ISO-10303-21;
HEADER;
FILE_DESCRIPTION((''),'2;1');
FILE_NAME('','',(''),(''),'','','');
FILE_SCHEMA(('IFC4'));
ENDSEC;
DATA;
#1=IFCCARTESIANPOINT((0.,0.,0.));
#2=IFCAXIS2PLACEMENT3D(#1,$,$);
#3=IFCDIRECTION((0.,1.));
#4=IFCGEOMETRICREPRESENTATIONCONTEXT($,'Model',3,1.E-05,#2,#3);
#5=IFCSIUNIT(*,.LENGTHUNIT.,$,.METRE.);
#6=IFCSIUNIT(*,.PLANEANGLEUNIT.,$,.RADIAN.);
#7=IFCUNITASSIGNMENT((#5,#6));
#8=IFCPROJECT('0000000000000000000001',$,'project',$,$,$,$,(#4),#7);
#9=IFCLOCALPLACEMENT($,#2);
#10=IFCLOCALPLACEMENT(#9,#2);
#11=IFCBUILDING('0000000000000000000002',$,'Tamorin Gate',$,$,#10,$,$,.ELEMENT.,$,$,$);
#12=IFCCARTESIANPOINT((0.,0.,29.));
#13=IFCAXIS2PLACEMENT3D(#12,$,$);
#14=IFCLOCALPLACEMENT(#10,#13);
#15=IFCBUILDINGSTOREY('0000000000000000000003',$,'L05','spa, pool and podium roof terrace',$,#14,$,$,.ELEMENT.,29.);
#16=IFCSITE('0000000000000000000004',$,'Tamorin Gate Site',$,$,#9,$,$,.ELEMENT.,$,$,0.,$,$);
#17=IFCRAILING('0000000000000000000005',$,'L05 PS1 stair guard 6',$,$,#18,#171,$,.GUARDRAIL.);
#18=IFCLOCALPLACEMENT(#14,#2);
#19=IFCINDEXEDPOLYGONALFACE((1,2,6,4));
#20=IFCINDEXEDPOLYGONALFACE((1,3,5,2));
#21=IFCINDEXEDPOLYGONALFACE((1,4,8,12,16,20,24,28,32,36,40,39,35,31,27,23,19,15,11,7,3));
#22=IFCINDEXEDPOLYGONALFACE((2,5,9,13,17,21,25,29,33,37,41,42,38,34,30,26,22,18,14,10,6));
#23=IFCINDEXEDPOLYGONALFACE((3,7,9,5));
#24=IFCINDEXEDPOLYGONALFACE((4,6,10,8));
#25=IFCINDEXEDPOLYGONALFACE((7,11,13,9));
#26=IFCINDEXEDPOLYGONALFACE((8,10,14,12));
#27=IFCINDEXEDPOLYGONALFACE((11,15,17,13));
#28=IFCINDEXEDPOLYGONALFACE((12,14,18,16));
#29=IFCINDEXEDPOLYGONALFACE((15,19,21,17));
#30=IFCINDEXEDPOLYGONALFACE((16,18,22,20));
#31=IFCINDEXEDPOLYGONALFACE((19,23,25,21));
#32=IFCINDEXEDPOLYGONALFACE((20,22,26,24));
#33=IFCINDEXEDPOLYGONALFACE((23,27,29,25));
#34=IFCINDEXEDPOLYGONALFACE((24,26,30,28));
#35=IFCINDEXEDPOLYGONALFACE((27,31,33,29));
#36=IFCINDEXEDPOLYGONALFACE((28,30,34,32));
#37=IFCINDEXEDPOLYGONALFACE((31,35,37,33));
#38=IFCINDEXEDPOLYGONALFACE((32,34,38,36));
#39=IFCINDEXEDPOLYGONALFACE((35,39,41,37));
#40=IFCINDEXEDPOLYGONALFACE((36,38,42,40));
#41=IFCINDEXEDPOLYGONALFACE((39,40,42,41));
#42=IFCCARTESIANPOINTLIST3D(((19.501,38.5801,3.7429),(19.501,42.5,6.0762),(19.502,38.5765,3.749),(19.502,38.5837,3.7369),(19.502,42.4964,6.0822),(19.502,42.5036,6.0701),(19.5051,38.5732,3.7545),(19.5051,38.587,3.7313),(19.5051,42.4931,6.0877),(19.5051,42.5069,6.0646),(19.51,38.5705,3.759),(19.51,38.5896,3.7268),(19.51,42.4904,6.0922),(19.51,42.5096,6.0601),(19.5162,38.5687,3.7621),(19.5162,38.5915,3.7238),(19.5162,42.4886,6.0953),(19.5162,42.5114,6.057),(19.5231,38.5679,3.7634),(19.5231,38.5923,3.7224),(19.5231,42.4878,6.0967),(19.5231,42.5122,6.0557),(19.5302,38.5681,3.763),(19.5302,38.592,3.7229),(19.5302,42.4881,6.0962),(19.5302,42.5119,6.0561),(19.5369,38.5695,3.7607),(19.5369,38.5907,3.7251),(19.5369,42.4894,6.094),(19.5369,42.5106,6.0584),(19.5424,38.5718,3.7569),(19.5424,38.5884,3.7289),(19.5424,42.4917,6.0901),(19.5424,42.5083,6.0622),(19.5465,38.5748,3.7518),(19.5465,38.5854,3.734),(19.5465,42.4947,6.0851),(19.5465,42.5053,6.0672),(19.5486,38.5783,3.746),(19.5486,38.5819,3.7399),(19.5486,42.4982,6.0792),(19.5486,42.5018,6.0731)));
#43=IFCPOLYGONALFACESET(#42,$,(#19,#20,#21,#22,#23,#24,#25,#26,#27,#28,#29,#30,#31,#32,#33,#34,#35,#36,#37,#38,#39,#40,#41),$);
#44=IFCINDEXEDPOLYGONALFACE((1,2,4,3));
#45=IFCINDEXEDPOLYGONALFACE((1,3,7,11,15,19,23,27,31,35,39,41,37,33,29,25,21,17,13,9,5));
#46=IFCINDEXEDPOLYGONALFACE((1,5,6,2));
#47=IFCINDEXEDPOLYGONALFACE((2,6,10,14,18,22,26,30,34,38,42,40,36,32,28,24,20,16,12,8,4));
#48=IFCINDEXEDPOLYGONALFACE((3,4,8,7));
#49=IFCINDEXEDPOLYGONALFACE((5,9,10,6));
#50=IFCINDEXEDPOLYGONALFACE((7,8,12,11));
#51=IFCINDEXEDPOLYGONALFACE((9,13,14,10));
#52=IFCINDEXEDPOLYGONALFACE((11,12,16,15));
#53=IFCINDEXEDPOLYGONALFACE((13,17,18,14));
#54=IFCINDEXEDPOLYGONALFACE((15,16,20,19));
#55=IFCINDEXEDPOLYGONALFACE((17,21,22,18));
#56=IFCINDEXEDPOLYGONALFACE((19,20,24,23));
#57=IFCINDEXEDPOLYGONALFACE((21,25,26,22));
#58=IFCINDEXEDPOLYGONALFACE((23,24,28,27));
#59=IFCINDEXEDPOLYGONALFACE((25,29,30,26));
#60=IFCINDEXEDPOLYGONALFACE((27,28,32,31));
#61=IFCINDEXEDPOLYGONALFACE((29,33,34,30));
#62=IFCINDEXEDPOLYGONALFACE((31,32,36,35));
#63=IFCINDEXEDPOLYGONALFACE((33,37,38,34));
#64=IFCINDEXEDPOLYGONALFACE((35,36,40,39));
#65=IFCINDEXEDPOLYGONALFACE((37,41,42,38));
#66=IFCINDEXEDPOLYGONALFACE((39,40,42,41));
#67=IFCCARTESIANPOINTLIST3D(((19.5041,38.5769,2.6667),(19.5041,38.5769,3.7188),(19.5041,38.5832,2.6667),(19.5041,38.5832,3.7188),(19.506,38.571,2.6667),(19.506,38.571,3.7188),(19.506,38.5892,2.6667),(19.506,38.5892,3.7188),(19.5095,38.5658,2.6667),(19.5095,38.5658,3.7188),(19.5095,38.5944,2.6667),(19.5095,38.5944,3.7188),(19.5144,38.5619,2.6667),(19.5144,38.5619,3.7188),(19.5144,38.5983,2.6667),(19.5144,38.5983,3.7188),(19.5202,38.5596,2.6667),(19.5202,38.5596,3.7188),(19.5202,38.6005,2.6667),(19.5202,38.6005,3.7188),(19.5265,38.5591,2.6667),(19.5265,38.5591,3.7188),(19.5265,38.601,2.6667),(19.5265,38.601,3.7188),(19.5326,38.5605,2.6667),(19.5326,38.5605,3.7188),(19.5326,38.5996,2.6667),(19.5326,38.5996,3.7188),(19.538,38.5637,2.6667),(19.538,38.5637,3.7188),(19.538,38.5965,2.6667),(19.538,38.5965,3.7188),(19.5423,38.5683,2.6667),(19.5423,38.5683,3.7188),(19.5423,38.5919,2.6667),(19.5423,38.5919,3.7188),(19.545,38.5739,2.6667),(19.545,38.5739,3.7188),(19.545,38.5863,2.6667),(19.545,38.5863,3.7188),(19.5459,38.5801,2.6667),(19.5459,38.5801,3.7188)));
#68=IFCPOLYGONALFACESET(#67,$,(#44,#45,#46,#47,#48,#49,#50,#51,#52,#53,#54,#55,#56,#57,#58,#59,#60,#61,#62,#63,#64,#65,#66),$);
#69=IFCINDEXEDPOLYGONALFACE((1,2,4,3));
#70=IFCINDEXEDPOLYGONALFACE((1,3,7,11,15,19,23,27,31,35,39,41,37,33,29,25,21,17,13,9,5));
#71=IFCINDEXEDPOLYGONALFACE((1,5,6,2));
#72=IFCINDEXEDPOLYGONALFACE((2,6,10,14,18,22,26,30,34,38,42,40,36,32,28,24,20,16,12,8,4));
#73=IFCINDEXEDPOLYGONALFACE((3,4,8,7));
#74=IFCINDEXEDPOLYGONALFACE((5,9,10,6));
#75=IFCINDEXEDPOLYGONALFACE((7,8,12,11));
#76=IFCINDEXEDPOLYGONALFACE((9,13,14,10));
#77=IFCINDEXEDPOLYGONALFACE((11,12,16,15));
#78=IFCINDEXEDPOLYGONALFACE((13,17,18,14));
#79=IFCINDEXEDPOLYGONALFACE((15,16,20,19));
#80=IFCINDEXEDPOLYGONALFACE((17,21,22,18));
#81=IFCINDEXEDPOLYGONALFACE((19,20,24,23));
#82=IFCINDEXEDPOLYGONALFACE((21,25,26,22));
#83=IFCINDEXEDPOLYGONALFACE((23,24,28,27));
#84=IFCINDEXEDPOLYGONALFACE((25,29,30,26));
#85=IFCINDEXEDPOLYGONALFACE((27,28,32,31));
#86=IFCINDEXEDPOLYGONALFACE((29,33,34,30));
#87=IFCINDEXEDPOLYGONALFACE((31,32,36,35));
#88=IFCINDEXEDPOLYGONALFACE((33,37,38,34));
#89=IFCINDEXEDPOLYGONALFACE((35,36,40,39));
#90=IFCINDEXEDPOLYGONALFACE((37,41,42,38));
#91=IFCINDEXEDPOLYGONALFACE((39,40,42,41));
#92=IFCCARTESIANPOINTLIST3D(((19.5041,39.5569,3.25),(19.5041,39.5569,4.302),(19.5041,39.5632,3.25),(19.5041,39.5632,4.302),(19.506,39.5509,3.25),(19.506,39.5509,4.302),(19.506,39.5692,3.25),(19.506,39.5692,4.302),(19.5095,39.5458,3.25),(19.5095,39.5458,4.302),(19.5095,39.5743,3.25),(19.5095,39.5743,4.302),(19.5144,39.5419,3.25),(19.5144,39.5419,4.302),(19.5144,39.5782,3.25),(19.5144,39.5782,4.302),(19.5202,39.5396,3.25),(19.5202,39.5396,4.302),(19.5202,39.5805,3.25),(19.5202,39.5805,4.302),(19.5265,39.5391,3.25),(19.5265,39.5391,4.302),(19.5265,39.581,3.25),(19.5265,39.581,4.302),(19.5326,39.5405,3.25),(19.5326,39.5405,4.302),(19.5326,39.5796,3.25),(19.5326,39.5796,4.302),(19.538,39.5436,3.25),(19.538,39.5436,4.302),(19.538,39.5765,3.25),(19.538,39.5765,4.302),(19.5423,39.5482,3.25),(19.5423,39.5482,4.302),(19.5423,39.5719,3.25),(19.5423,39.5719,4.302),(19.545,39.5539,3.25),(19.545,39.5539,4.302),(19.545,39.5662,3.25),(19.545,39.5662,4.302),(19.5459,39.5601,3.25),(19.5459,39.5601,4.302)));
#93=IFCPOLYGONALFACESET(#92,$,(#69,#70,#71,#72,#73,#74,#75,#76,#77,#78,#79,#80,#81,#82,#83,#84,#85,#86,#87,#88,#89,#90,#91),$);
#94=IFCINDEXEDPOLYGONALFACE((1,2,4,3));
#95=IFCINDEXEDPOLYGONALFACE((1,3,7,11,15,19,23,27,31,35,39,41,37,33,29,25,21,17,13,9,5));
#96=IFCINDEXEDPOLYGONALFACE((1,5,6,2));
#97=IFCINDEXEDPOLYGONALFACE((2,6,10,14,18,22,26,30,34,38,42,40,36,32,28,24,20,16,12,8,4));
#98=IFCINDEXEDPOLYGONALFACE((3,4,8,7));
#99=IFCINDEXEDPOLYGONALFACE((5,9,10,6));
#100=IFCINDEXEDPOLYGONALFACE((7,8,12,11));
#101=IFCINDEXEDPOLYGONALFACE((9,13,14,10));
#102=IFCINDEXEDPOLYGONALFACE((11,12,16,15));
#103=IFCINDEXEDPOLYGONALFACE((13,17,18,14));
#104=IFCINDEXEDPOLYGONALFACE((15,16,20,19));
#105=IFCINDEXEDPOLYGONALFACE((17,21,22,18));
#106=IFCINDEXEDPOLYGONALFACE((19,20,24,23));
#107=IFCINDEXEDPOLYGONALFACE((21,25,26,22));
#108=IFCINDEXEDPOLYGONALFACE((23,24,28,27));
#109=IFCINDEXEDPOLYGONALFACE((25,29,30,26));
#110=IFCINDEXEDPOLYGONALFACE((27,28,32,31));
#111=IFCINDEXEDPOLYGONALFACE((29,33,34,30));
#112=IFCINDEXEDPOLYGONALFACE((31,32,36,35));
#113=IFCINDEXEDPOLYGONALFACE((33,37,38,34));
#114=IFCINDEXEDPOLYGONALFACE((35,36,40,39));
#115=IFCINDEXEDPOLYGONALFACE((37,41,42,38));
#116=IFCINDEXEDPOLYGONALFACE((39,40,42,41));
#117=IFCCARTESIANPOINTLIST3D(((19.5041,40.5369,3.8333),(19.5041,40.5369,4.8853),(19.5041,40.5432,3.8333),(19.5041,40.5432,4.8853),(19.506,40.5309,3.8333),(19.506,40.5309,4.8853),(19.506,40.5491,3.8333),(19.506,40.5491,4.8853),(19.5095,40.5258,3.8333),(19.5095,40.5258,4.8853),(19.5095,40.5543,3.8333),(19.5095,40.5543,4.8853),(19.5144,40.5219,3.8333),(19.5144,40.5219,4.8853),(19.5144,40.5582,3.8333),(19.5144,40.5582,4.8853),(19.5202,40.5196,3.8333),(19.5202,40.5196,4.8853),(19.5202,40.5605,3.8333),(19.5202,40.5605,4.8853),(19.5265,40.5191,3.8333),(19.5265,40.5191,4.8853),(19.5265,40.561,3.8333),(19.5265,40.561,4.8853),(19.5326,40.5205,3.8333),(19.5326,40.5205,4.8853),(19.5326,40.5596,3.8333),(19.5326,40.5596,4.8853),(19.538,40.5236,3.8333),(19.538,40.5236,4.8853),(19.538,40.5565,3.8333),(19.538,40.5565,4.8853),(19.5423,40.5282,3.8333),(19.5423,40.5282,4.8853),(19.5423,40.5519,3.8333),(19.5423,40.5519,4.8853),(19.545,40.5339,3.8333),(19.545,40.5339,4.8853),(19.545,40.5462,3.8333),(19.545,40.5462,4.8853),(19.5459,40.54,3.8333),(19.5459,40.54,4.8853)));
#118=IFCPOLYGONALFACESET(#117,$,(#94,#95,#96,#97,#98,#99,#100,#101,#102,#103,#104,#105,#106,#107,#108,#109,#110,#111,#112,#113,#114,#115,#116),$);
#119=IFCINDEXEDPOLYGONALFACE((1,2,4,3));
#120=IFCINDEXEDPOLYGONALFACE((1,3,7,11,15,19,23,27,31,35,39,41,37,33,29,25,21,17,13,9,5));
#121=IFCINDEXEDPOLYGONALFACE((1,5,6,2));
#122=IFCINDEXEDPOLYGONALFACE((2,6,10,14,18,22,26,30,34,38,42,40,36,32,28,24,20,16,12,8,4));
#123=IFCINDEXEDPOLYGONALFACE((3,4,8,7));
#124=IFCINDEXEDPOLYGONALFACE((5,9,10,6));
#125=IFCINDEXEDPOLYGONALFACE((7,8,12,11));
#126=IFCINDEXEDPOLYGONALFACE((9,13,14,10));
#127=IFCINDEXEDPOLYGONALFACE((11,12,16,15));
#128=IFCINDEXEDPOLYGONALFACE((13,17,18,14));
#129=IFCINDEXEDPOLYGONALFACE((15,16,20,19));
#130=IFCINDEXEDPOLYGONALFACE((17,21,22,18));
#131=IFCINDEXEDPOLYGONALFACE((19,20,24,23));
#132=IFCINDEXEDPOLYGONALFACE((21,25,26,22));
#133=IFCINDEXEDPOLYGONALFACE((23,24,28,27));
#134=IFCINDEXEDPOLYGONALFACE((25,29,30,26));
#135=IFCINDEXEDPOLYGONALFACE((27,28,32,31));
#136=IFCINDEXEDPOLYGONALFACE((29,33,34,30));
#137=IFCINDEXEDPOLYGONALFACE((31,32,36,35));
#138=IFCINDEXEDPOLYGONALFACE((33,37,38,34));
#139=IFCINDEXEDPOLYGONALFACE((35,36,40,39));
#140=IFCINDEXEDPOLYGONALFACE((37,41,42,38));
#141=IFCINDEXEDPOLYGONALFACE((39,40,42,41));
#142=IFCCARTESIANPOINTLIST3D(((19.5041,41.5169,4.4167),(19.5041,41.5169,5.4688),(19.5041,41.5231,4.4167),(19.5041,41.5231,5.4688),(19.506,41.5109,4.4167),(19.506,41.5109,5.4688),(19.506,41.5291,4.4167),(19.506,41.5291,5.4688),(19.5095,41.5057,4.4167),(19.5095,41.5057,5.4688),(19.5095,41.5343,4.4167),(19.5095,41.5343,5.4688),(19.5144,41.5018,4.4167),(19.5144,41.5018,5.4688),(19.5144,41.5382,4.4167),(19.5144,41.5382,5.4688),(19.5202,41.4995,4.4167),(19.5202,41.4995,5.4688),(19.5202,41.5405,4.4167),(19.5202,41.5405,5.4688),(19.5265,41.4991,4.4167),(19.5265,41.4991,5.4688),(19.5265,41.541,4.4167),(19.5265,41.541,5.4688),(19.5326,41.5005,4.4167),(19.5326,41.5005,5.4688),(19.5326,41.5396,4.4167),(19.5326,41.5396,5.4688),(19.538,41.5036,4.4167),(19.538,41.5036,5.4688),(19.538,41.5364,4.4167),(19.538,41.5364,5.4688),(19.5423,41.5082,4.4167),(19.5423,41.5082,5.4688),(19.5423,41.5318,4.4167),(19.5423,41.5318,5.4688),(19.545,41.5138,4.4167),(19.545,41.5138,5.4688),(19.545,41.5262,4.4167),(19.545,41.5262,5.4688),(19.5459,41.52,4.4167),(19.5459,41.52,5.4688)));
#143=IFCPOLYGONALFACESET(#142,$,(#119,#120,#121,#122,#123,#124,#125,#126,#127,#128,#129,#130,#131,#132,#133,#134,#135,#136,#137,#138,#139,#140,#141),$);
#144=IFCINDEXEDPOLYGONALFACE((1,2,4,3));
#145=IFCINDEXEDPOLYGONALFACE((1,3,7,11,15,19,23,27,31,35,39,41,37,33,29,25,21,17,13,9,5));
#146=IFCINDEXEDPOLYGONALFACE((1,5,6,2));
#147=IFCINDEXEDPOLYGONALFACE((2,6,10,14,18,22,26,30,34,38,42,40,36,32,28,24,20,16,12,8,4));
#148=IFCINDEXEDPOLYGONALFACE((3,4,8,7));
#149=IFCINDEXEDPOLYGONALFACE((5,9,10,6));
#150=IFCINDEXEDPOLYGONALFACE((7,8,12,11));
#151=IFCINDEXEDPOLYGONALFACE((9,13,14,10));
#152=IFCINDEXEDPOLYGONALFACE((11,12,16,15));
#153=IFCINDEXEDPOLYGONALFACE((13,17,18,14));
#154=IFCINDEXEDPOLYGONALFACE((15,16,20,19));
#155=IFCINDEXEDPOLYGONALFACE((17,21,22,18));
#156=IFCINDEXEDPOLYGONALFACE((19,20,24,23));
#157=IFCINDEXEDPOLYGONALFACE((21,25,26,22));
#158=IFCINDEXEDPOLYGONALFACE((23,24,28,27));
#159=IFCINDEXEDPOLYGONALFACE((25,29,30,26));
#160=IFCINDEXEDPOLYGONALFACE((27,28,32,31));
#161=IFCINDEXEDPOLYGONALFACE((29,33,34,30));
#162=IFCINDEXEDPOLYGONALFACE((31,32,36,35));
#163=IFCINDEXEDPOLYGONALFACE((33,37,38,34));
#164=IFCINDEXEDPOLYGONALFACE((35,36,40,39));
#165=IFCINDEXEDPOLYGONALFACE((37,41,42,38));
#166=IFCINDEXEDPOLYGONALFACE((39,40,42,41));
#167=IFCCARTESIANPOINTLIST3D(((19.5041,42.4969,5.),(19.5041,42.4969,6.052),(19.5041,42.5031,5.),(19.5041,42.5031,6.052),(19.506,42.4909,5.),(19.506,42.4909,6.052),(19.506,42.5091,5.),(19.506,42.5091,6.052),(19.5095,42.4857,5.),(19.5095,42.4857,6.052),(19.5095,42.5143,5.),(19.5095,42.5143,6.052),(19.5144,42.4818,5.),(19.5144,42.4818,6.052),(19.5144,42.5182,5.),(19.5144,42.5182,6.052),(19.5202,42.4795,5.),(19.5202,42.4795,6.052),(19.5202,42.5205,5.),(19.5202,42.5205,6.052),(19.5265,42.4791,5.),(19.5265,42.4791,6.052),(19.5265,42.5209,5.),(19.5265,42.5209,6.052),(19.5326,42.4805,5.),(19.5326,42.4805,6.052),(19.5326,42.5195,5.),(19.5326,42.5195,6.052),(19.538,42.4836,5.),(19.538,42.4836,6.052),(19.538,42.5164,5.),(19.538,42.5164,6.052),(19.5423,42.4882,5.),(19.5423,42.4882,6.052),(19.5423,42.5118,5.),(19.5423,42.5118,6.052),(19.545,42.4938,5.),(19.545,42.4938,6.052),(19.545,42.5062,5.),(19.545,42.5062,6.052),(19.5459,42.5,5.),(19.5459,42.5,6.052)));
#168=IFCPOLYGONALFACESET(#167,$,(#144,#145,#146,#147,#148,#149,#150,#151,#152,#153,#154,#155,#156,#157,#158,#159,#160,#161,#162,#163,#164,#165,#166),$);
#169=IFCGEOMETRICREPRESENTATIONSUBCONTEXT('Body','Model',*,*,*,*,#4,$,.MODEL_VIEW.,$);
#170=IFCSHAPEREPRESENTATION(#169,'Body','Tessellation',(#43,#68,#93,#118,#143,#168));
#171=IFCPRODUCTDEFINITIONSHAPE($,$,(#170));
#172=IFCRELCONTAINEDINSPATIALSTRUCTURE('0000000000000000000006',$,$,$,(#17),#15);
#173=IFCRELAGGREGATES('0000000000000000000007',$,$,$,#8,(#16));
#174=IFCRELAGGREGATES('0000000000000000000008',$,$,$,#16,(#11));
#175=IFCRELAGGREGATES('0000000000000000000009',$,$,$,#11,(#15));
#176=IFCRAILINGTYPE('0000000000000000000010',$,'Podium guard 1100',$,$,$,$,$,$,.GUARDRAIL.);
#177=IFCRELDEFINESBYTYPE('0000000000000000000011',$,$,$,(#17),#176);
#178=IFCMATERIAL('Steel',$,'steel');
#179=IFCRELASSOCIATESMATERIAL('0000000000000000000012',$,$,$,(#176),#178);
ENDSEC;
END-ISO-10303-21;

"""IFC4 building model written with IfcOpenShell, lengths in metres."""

from ifc_helpers import new_model, si_unit, direction, frame, origin, origin_2d, place, context, subcontext, project, spatial, circle, extrude, material, type_object, element, save


model = new_model("IFC4")

# Units and contexts
model_context = context("Model", 3, precision=1e-05, world=origin(), true_north=direction((0.0, 1.0)))
body_context = subcontext(model_context, "Body", "Model", "MODEL_VIEW")
ifc_project = project(units=[si_unit("LENGTHUNIT", "METRE"), si_unit("PLANEANGLEUNIT", "RADIAN")], contexts=[model_context])

# Site, building, storey
site_placement = place(None, origin())
site = spatial("IfcSite", under=ifc_project, at=site_placement, Name="Tamorin Gate Site", CompositionType="ELEMENT", RefElevation=0.0)
building_placement = place(site_placement, origin())
building = spatial("IfcBuilding", under=site, at=building_placement, Name="Tamorin Gate", CompositionType="ELEMENT")
storey_placement = place(building_placement, frame((0.0, 0.0, 29.0)))
storey = spatial("IfcBuildingStorey", under=building, at=storey_placement, Name="L05", Description="spa, pool and podium roof terrace", CompositionType="ELEMENT", Elevation=29.0)

# Railing
ifc_material_1 = material(Name="Steel", Category="steel")
railing_type_1 = type_object("IfcRailingType", Name="Podium guard 1100", PredefinedType="GUARDRAIL", material=ifc_material_1)
railing_1_placement = place(storey_placement, frame((19.5249, 38.5801, 2.6667)))
element("IfcRailing", 1, at=railing_1_placement, inside=storey, type_object=railing_type_1, Name="L05 PS1 stair guard 6", PredefinedType="GUARDRAIL", context=body_context, shape_type="SweptSolid", body=[
    extrude(circle(Radius=0.0239, at=origin_2d()), frame((0.0, 0.0, 1.0762), z_axis=(0.0, 0.859296, 0.511478), x_axis=(-1.0, 0.0, 0.0)), (0.0, 0.0, 1.0), 4.5618),
    extrude(circle(Radius=0.021, at=origin_2d()), origin(), (0.0, 0.0, 1.0), 1.052),
    extrude(circle(Radius=0.021, at=origin_2d()), frame((0.0, 0.98, 0.5833)), (0.0, 0.0, 1.0), 1.052),
    extrude(circle(Radius=0.021, at=origin_2d()), frame((0.0, 1.96, 1.1665)), (0.0, 0.0, 1.0), 1.052),
    extrude(circle(Radius=0.021, at=origin_2d()), frame((0.0, 2.9399, 1.75)), (0.0, 0.0, 1.0), 1.052),
    extrude(circle(Radius=0.021, at=origin_2d()), frame((0.0, 3.9199, 2.3333)), (0.0, 0.0, 1.0), 1.052),
])

save(model, "model.ifc")
